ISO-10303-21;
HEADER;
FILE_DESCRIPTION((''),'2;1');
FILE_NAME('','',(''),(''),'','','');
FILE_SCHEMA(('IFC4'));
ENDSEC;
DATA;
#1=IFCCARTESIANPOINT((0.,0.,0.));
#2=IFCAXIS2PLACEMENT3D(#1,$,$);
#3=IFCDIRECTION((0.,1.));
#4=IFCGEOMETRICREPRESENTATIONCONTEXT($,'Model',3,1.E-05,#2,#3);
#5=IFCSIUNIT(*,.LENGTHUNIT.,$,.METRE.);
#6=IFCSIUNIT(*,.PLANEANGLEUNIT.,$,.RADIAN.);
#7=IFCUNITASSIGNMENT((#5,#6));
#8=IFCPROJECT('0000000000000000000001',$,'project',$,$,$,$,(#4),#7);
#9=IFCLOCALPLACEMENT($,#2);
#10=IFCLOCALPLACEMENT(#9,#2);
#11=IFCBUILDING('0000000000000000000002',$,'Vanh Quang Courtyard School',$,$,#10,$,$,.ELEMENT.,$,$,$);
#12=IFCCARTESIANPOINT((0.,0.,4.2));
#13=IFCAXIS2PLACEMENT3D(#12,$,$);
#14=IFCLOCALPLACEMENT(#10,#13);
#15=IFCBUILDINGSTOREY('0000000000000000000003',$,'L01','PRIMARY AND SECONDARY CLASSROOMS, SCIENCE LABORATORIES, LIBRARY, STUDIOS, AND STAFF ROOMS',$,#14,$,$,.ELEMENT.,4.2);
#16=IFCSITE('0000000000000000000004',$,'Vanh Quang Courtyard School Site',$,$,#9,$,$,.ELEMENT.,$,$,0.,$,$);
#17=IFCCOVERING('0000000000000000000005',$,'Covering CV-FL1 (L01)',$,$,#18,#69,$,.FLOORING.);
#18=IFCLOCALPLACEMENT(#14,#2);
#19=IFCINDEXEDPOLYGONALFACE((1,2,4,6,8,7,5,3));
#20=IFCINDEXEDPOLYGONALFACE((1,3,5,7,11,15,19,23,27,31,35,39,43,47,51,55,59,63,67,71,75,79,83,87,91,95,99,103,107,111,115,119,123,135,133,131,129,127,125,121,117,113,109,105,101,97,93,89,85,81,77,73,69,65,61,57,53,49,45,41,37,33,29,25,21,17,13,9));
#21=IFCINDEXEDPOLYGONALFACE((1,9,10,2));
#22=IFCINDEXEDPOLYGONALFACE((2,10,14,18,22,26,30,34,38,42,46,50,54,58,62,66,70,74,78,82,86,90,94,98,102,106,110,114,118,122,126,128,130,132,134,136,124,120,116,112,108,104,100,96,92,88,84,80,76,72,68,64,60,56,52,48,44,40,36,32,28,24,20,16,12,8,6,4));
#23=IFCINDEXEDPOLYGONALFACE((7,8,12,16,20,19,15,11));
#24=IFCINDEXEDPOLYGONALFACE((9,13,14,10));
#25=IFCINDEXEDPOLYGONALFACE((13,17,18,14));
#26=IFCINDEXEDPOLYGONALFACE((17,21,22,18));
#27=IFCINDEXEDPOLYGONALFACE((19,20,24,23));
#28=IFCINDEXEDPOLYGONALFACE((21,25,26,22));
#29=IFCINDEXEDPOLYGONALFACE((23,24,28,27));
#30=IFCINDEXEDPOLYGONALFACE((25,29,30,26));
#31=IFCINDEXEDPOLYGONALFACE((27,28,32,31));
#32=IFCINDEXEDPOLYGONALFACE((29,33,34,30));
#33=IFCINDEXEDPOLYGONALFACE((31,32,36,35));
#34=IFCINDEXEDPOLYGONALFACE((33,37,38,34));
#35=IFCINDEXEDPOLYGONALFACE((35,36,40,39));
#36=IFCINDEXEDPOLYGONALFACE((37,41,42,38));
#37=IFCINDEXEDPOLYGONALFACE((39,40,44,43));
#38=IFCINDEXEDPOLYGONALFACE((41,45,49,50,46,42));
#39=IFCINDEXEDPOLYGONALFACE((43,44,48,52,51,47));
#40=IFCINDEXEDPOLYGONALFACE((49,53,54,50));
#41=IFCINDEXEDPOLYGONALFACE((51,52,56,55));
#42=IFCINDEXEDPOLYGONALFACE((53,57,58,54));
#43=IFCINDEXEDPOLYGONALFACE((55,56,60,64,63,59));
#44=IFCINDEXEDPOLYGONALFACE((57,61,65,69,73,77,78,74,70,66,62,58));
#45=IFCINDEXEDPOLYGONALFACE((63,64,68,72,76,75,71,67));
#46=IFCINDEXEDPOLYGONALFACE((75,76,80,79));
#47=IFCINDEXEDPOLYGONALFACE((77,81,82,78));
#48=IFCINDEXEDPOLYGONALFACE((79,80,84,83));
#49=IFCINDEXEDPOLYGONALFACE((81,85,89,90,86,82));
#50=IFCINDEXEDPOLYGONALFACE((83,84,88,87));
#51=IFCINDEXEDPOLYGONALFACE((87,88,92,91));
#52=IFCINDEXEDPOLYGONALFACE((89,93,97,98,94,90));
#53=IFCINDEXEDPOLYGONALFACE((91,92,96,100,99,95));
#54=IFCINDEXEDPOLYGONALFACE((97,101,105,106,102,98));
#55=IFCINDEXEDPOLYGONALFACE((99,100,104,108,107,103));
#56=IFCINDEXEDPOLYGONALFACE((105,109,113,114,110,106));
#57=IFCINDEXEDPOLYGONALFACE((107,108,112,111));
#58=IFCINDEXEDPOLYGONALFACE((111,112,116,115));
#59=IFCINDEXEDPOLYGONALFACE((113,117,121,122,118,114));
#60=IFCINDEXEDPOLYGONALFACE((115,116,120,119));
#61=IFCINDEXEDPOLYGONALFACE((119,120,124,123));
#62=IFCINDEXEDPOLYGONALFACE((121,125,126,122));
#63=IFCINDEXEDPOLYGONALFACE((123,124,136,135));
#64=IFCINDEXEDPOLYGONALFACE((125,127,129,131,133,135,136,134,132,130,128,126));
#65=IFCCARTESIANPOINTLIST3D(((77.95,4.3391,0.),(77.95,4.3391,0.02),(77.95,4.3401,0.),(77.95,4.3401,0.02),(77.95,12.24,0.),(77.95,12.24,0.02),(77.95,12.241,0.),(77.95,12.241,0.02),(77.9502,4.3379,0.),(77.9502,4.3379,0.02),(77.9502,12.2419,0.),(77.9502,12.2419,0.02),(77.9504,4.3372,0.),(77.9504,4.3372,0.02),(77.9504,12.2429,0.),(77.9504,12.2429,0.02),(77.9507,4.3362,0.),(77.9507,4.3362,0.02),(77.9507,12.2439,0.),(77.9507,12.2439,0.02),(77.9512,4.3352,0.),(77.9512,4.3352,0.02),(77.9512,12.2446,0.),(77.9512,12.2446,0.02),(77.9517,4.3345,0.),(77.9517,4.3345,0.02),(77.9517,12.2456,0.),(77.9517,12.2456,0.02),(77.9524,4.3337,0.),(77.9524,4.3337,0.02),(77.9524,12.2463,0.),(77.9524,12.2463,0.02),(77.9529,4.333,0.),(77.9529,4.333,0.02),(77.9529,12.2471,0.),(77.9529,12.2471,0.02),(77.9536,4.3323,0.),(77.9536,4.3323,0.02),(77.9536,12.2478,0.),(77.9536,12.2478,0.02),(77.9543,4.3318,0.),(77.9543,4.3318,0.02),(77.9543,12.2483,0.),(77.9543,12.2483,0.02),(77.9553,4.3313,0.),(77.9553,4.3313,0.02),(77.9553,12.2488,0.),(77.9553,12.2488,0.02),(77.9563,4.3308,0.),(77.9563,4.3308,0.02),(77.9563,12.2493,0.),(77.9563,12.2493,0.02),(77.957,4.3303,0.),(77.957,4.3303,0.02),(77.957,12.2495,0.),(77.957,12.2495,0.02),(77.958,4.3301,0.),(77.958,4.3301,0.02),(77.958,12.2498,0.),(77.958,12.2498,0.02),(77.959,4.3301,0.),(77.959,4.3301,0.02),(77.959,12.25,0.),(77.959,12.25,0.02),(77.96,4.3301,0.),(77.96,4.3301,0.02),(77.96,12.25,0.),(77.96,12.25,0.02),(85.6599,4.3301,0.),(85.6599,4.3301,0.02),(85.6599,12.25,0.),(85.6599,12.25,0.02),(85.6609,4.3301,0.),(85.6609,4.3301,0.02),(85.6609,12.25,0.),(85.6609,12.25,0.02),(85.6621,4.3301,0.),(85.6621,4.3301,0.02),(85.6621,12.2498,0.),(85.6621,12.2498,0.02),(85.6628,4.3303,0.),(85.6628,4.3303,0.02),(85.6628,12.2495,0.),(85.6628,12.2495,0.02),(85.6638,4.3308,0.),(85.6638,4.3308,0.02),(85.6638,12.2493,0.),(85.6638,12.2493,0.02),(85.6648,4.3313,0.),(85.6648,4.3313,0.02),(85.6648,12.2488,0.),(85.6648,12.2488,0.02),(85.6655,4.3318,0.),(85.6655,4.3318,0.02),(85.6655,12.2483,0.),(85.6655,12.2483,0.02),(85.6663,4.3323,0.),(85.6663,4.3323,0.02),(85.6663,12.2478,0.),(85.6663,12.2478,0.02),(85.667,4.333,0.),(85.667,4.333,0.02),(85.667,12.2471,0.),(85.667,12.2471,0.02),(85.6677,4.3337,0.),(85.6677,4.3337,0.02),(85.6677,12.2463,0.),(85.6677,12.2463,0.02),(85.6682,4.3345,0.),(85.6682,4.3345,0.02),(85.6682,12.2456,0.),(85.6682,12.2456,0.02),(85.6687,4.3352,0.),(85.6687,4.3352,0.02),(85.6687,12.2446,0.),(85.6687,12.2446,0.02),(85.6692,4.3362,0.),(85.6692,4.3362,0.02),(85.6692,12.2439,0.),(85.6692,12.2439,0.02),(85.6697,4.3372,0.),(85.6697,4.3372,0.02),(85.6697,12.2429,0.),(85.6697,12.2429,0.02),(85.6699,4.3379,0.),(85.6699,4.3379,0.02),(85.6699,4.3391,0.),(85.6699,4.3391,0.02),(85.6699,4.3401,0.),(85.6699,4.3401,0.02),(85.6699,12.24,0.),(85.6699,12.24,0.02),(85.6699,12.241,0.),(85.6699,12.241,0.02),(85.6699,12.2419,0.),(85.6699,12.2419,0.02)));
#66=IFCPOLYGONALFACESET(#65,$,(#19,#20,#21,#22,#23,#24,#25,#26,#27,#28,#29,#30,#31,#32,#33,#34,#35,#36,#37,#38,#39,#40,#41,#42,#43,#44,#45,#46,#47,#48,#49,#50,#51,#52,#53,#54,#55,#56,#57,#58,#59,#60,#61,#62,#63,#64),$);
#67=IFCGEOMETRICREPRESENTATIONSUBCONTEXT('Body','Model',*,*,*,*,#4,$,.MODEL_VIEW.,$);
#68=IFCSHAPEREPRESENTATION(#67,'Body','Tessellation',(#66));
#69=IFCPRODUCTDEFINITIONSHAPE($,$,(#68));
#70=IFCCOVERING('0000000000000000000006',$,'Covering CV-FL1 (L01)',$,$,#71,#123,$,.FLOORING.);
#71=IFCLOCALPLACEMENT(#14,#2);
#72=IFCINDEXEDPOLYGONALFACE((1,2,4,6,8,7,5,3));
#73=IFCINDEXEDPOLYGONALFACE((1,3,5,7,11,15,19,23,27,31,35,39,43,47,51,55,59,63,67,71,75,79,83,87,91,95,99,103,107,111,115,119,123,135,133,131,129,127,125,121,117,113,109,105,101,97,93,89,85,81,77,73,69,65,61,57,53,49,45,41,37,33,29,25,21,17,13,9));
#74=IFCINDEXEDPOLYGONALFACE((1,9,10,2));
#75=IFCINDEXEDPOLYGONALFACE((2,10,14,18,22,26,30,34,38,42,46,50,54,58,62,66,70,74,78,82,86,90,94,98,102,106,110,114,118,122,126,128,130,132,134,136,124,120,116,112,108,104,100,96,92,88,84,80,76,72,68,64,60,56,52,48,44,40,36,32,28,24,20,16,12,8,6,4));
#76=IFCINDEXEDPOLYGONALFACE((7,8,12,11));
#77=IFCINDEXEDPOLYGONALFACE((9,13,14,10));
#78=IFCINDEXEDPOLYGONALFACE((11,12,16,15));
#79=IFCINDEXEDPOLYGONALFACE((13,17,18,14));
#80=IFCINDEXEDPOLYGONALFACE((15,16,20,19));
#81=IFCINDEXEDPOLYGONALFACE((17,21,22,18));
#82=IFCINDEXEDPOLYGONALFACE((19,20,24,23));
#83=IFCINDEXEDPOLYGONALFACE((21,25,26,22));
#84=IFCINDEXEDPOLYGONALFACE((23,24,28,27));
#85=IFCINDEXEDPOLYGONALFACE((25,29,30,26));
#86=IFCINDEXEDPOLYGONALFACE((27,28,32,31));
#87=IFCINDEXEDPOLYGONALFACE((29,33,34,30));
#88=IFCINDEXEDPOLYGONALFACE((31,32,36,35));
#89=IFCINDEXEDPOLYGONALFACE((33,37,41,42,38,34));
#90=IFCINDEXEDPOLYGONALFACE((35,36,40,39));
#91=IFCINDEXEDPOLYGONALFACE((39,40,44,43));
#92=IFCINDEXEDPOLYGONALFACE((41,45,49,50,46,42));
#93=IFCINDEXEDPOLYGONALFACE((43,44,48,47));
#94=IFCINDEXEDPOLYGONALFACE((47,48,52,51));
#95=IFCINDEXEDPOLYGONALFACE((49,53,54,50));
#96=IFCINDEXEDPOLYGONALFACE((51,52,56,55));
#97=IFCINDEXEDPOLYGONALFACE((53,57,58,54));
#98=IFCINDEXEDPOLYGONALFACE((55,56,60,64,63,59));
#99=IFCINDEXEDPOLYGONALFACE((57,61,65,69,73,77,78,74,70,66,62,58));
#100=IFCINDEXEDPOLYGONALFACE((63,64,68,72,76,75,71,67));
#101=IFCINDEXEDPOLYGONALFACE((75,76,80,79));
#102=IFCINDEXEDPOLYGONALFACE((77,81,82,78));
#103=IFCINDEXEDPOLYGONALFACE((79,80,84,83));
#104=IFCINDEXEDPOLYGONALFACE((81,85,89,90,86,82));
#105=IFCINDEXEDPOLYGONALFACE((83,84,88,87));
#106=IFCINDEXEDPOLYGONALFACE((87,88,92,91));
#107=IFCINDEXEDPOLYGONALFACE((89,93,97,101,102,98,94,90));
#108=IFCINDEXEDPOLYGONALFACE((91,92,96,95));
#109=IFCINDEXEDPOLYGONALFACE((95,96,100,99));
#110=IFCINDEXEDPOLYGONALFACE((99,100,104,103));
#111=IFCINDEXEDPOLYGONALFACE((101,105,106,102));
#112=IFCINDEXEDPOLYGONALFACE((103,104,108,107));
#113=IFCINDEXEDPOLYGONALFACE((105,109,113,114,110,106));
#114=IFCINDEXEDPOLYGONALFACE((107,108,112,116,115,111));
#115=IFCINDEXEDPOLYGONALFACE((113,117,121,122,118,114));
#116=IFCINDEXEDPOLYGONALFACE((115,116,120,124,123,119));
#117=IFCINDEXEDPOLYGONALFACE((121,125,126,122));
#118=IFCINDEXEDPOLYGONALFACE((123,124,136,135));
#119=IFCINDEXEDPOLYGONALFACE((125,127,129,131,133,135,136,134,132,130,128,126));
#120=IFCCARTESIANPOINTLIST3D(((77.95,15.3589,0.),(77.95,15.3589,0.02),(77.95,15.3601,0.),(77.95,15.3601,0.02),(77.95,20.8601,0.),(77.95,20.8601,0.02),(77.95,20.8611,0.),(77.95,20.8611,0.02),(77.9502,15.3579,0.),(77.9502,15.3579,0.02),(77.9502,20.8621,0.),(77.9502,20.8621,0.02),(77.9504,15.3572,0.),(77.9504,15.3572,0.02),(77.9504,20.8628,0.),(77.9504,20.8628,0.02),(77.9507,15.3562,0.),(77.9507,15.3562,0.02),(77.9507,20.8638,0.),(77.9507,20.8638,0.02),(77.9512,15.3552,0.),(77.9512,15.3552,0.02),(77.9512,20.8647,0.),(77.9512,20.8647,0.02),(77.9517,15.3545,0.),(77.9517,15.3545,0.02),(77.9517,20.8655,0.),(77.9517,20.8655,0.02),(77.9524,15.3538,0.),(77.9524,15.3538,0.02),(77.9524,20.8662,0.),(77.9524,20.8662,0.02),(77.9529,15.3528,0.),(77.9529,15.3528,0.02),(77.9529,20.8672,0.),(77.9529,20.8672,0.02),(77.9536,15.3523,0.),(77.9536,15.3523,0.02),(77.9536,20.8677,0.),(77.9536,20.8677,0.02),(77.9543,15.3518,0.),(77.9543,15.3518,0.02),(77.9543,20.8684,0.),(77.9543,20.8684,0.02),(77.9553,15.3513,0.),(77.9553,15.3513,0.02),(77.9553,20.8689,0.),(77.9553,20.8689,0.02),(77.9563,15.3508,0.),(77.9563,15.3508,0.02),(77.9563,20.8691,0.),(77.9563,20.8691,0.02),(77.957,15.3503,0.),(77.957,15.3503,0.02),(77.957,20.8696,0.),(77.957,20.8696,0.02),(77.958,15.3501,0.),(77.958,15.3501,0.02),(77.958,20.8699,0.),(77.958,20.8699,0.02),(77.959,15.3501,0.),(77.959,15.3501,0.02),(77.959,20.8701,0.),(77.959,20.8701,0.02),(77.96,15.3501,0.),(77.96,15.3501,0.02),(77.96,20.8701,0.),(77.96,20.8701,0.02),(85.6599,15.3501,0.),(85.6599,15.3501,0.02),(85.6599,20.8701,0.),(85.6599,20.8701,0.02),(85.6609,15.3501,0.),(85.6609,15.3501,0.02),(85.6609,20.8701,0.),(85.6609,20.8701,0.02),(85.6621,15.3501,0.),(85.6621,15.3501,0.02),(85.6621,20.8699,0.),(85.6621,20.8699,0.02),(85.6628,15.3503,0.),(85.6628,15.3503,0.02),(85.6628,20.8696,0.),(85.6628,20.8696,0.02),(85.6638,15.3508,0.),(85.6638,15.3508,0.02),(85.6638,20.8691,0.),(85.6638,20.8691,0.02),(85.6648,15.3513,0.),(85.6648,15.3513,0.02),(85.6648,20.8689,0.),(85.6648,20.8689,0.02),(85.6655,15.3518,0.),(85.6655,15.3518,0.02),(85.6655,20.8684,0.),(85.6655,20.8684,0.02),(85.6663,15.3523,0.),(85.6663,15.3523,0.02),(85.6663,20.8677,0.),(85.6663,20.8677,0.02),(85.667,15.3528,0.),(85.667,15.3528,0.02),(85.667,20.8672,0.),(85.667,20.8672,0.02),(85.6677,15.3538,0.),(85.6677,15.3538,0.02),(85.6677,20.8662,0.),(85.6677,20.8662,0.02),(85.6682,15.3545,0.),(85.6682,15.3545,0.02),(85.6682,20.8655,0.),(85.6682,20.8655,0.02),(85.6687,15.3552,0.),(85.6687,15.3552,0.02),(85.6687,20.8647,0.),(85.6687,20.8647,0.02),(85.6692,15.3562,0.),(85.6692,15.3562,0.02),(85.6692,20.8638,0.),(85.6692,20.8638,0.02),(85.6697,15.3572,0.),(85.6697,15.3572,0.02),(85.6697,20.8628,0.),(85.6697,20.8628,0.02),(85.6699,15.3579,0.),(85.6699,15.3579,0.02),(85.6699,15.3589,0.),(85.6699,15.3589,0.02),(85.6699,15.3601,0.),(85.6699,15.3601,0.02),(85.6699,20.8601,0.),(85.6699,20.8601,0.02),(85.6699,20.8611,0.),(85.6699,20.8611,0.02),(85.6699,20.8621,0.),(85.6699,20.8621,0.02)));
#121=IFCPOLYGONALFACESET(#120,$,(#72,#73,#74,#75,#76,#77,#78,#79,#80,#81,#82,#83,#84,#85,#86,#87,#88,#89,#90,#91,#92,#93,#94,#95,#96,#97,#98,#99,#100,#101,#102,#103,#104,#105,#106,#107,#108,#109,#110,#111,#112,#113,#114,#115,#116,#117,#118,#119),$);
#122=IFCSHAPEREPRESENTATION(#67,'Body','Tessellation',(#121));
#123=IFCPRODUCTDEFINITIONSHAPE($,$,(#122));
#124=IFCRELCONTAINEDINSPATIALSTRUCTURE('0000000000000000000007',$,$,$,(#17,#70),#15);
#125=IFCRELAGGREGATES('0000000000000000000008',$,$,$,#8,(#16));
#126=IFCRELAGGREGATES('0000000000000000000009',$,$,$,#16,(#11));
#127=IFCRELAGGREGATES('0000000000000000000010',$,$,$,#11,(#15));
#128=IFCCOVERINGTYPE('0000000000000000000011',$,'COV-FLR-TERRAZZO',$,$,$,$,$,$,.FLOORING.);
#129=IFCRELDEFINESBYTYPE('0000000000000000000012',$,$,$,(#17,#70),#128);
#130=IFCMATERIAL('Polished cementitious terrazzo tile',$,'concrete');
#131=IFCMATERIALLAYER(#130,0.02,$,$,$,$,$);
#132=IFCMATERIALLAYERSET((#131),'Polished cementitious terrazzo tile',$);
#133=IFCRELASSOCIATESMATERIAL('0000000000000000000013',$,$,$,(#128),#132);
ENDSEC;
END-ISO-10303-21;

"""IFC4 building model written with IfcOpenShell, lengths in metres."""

from ifc_helpers import new_model, si_unit, direction, frame, origin, place, context, subcontext, project, spatial, polyline, outline, extrude, material, layer, layer_set, type_object, element, save


model = new_model("IFC4")

# Units and contexts
model_context = context("Model", 3, precision=1e-05, world=origin(), true_north=direction((0.0, 1.0)))
body_context = subcontext(model_context, "Body", "Model", "MODEL_VIEW")
ifc_project = project(units=[si_unit("LENGTHUNIT", "METRE"), si_unit("PLANEANGLEUNIT", "RADIAN")], contexts=[model_context])

# Site, building, storey
site_placement = place(None, origin())
site = spatial("IfcSite", under=ifc_project, at=site_placement, Name="Vanh Quang Courtyard School Site", CompositionType="ELEMENT", RefElevation=0.0)
building_placement = place(site_placement, origin())
building = spatial("IfcBuilding", under=site, at=building_placement, Name="Vanh Quang Courtyard School", CompositionType="ELEMENT")
storey_placement = place(building_placement, frame((0.0, 0.0, 4.2)))
storey = spatial("IfcBuildingStorey", under=building, at=storey_placement, Name="L01", Description="PRIMARY AND SECONDARY CLASSROOMS, SCIENCE LABORATORIES, LIBRARY, STUDIOS, AND STAFF ROOMS", CompositionType="ELEMENT", Elevation=4.2)

# Coverings
ifc_material_1 = material(Name="Polished cementitious terrazzo tile", Category="concrete")
ifc_layer_1 = layer(ifc_material_1, 0.02)
ifc_layer_set_1 = layer_set([ifc_layer_1], Name="Polished cementitious terrazzo tile")
covering_type_1 = type_object("IfcCoveringType", Name="COV-FLR-TERRAZZO", PredefinedType="FLOORING", material=ifc_layer_set_1)
covering_1_placement = place(storey_placement, origin())
element("IfcCovering", 1, at=covering_1_placement, inside=storey, type_object=covering_type_1, Name="Covering CV-FL1 (L01)", PredefinedType="FLOORING", context=body_context, shape_type="SweptSolid", body=[
    extrude(outline(polyline([(77.96, 4.3301), (77.959, 4.3301), (77.958, 4.3301), (77.957, 4.3303), (77.9563, 4.3308), (77.9553, 4.3313), (77.9543, 4.3318), (77.9536, 4.3323), (77.9529, 4.333), (77.9524, 4.3337), (77.9517, 4.3345), (77.9512, 4.3352), (77.9507, 4.3362), (77.9504, 4.3372), (77.9502, 4.3379), (77.95, 4.3391), (77.95, 4.3401), (77.95, 12.24), (77.95, 12.241), (77.9502, 12.2419), (77.9504, 12.2429), (77.9507, 12.2439), (77.9512, 12.2446), (77.9517, 12.2456), (77.9524, 12.2463), (77.9529, 12.2471), (77.9536, 12.2478), (77.9543, 12.2483), (77.9553, 12.2488), (77.9563, 12.2493), (77.957, 12.2495), (77.958, 12.2498), (77.959, 12.25), (77.96, 12.25), (85.6599, 12.25), (85.6609, 12.25), (85.6621, 12.2498), (85.6628, 12.2495), (85.6638, 12.2493), (85.6648, 12.2488), (85.6655, 12.2483), (85.6663, 12.2478), (85.667, 12.2471), (85.6677, 12.2463), (85.6682, 12.2456), (85.6687, 12.2446), (85.6692, 12.2439), (85.6697, 12.2429), (85.6699, 12.2419), (85.6699, 12.241), (85.6699, 12.24), (85.6699, 4.3401), (85.6699, 4.3391), (85.6699, 4.3379), (85.6697, 4.3372), (85.6692, 4.3362), (85.6687, 4.3352), (85.6682, 4.3345), (85.6677, 4.3337), (85.667, 4.333), (85.6663, 4.3323), (85.6655, 4.3318), (85.6648, 4.3313), (85.6638, 4.3308), (85.6628, 4.3303), (85.6621, 4.3301), (85.6609, 4.3301), (85.6599, 4.3301), (77.96, 4.3301)])), origin(), (0.0, 0.0, 1.0), 0.02),
])
covering_2_placement = place(storey_placement, origin())
element("IfcCovering", 2, at=covering_2_placement, inside=storey, type_object=covering_type_1, Name="Covering CV-FL1 (L01)", PredefinedType="FLOORING", context=body_context, shape_type="SweptSolid", body=[
    extrude(outline(polyline([(77.96, 15.3501), (77.959, 15.3501), (77.958, 15.3501), (77.957, 15.3503), (77.9563, 15.3508), (77.9553, 15.3513), (77.9543, 15.3518), (77.9536, 15.3523), (77.9529, 15.3528), (77.9524, 15.3538), (77.9517, 15.3545), (77.9512, 15.3552), (77.9507, 15.3562), (77.9504, 15.3572), (77.9502, 15.3579), (77.95, 15.3589), (77.95, 15.3601), (77.95, 20.8601), (77.95, 20.8611), (77.9502, 20.8621), (77.9504, 20.8628), (77.9507, 20.8638), (77.9512, 20.8647), (77.9517, 20.8655), (77.9524, 20.8662), (77.9529, 20.8672), (77.9536, 20.8677), (77.9543, 20.8684), (77.9553, 20.8689), (77.9563, 20.8691), (77.957, 20.8696), (77.958, 20.8699), (77.959, 20.8701), (77.96, 20.8701), (85.6599, 20.8701), (85.6609, 20.8701), (85.6621, 20.8699), (85.6628, 20.8696), (85.6638, 20.8691), (85.6648, 20.8689), (85.6655, 20.8684), (85.6663, 20.8677), (85.667, 20.8672), (85.6677, 20.8662), (85.6682, 20.8655), (85.6687, 20.8647), (85.6692, 20.8638), (85.6697, 20.8628), (85.6699, 20.8621), (85.6699, 20.8611), (85.6699, 20.8601), (85.6699, 15.3601), (85.6699, 15.3589), (85.6699, 15.3579), (85.6697, 15.3572), (85.6692, 15.3562), (85.6687, 15.3552), (85.6682, 15.3545), (85.6677, 15.3538), (85.667, 15.3528), (85.6663, 15.3523), (85.6655, 15.3518), (85.6648, 15.3513), (85.6638, 15.3508), (85.6628, 15.3503), (85.6621, 15.3501), (85.6609, 15.3501), (85.6599, 15.3501), (77.96, 15.3501)])), origin(), (0.0, 0.0, 1.0), 0.02),
])

save(model, "model.ifc")
